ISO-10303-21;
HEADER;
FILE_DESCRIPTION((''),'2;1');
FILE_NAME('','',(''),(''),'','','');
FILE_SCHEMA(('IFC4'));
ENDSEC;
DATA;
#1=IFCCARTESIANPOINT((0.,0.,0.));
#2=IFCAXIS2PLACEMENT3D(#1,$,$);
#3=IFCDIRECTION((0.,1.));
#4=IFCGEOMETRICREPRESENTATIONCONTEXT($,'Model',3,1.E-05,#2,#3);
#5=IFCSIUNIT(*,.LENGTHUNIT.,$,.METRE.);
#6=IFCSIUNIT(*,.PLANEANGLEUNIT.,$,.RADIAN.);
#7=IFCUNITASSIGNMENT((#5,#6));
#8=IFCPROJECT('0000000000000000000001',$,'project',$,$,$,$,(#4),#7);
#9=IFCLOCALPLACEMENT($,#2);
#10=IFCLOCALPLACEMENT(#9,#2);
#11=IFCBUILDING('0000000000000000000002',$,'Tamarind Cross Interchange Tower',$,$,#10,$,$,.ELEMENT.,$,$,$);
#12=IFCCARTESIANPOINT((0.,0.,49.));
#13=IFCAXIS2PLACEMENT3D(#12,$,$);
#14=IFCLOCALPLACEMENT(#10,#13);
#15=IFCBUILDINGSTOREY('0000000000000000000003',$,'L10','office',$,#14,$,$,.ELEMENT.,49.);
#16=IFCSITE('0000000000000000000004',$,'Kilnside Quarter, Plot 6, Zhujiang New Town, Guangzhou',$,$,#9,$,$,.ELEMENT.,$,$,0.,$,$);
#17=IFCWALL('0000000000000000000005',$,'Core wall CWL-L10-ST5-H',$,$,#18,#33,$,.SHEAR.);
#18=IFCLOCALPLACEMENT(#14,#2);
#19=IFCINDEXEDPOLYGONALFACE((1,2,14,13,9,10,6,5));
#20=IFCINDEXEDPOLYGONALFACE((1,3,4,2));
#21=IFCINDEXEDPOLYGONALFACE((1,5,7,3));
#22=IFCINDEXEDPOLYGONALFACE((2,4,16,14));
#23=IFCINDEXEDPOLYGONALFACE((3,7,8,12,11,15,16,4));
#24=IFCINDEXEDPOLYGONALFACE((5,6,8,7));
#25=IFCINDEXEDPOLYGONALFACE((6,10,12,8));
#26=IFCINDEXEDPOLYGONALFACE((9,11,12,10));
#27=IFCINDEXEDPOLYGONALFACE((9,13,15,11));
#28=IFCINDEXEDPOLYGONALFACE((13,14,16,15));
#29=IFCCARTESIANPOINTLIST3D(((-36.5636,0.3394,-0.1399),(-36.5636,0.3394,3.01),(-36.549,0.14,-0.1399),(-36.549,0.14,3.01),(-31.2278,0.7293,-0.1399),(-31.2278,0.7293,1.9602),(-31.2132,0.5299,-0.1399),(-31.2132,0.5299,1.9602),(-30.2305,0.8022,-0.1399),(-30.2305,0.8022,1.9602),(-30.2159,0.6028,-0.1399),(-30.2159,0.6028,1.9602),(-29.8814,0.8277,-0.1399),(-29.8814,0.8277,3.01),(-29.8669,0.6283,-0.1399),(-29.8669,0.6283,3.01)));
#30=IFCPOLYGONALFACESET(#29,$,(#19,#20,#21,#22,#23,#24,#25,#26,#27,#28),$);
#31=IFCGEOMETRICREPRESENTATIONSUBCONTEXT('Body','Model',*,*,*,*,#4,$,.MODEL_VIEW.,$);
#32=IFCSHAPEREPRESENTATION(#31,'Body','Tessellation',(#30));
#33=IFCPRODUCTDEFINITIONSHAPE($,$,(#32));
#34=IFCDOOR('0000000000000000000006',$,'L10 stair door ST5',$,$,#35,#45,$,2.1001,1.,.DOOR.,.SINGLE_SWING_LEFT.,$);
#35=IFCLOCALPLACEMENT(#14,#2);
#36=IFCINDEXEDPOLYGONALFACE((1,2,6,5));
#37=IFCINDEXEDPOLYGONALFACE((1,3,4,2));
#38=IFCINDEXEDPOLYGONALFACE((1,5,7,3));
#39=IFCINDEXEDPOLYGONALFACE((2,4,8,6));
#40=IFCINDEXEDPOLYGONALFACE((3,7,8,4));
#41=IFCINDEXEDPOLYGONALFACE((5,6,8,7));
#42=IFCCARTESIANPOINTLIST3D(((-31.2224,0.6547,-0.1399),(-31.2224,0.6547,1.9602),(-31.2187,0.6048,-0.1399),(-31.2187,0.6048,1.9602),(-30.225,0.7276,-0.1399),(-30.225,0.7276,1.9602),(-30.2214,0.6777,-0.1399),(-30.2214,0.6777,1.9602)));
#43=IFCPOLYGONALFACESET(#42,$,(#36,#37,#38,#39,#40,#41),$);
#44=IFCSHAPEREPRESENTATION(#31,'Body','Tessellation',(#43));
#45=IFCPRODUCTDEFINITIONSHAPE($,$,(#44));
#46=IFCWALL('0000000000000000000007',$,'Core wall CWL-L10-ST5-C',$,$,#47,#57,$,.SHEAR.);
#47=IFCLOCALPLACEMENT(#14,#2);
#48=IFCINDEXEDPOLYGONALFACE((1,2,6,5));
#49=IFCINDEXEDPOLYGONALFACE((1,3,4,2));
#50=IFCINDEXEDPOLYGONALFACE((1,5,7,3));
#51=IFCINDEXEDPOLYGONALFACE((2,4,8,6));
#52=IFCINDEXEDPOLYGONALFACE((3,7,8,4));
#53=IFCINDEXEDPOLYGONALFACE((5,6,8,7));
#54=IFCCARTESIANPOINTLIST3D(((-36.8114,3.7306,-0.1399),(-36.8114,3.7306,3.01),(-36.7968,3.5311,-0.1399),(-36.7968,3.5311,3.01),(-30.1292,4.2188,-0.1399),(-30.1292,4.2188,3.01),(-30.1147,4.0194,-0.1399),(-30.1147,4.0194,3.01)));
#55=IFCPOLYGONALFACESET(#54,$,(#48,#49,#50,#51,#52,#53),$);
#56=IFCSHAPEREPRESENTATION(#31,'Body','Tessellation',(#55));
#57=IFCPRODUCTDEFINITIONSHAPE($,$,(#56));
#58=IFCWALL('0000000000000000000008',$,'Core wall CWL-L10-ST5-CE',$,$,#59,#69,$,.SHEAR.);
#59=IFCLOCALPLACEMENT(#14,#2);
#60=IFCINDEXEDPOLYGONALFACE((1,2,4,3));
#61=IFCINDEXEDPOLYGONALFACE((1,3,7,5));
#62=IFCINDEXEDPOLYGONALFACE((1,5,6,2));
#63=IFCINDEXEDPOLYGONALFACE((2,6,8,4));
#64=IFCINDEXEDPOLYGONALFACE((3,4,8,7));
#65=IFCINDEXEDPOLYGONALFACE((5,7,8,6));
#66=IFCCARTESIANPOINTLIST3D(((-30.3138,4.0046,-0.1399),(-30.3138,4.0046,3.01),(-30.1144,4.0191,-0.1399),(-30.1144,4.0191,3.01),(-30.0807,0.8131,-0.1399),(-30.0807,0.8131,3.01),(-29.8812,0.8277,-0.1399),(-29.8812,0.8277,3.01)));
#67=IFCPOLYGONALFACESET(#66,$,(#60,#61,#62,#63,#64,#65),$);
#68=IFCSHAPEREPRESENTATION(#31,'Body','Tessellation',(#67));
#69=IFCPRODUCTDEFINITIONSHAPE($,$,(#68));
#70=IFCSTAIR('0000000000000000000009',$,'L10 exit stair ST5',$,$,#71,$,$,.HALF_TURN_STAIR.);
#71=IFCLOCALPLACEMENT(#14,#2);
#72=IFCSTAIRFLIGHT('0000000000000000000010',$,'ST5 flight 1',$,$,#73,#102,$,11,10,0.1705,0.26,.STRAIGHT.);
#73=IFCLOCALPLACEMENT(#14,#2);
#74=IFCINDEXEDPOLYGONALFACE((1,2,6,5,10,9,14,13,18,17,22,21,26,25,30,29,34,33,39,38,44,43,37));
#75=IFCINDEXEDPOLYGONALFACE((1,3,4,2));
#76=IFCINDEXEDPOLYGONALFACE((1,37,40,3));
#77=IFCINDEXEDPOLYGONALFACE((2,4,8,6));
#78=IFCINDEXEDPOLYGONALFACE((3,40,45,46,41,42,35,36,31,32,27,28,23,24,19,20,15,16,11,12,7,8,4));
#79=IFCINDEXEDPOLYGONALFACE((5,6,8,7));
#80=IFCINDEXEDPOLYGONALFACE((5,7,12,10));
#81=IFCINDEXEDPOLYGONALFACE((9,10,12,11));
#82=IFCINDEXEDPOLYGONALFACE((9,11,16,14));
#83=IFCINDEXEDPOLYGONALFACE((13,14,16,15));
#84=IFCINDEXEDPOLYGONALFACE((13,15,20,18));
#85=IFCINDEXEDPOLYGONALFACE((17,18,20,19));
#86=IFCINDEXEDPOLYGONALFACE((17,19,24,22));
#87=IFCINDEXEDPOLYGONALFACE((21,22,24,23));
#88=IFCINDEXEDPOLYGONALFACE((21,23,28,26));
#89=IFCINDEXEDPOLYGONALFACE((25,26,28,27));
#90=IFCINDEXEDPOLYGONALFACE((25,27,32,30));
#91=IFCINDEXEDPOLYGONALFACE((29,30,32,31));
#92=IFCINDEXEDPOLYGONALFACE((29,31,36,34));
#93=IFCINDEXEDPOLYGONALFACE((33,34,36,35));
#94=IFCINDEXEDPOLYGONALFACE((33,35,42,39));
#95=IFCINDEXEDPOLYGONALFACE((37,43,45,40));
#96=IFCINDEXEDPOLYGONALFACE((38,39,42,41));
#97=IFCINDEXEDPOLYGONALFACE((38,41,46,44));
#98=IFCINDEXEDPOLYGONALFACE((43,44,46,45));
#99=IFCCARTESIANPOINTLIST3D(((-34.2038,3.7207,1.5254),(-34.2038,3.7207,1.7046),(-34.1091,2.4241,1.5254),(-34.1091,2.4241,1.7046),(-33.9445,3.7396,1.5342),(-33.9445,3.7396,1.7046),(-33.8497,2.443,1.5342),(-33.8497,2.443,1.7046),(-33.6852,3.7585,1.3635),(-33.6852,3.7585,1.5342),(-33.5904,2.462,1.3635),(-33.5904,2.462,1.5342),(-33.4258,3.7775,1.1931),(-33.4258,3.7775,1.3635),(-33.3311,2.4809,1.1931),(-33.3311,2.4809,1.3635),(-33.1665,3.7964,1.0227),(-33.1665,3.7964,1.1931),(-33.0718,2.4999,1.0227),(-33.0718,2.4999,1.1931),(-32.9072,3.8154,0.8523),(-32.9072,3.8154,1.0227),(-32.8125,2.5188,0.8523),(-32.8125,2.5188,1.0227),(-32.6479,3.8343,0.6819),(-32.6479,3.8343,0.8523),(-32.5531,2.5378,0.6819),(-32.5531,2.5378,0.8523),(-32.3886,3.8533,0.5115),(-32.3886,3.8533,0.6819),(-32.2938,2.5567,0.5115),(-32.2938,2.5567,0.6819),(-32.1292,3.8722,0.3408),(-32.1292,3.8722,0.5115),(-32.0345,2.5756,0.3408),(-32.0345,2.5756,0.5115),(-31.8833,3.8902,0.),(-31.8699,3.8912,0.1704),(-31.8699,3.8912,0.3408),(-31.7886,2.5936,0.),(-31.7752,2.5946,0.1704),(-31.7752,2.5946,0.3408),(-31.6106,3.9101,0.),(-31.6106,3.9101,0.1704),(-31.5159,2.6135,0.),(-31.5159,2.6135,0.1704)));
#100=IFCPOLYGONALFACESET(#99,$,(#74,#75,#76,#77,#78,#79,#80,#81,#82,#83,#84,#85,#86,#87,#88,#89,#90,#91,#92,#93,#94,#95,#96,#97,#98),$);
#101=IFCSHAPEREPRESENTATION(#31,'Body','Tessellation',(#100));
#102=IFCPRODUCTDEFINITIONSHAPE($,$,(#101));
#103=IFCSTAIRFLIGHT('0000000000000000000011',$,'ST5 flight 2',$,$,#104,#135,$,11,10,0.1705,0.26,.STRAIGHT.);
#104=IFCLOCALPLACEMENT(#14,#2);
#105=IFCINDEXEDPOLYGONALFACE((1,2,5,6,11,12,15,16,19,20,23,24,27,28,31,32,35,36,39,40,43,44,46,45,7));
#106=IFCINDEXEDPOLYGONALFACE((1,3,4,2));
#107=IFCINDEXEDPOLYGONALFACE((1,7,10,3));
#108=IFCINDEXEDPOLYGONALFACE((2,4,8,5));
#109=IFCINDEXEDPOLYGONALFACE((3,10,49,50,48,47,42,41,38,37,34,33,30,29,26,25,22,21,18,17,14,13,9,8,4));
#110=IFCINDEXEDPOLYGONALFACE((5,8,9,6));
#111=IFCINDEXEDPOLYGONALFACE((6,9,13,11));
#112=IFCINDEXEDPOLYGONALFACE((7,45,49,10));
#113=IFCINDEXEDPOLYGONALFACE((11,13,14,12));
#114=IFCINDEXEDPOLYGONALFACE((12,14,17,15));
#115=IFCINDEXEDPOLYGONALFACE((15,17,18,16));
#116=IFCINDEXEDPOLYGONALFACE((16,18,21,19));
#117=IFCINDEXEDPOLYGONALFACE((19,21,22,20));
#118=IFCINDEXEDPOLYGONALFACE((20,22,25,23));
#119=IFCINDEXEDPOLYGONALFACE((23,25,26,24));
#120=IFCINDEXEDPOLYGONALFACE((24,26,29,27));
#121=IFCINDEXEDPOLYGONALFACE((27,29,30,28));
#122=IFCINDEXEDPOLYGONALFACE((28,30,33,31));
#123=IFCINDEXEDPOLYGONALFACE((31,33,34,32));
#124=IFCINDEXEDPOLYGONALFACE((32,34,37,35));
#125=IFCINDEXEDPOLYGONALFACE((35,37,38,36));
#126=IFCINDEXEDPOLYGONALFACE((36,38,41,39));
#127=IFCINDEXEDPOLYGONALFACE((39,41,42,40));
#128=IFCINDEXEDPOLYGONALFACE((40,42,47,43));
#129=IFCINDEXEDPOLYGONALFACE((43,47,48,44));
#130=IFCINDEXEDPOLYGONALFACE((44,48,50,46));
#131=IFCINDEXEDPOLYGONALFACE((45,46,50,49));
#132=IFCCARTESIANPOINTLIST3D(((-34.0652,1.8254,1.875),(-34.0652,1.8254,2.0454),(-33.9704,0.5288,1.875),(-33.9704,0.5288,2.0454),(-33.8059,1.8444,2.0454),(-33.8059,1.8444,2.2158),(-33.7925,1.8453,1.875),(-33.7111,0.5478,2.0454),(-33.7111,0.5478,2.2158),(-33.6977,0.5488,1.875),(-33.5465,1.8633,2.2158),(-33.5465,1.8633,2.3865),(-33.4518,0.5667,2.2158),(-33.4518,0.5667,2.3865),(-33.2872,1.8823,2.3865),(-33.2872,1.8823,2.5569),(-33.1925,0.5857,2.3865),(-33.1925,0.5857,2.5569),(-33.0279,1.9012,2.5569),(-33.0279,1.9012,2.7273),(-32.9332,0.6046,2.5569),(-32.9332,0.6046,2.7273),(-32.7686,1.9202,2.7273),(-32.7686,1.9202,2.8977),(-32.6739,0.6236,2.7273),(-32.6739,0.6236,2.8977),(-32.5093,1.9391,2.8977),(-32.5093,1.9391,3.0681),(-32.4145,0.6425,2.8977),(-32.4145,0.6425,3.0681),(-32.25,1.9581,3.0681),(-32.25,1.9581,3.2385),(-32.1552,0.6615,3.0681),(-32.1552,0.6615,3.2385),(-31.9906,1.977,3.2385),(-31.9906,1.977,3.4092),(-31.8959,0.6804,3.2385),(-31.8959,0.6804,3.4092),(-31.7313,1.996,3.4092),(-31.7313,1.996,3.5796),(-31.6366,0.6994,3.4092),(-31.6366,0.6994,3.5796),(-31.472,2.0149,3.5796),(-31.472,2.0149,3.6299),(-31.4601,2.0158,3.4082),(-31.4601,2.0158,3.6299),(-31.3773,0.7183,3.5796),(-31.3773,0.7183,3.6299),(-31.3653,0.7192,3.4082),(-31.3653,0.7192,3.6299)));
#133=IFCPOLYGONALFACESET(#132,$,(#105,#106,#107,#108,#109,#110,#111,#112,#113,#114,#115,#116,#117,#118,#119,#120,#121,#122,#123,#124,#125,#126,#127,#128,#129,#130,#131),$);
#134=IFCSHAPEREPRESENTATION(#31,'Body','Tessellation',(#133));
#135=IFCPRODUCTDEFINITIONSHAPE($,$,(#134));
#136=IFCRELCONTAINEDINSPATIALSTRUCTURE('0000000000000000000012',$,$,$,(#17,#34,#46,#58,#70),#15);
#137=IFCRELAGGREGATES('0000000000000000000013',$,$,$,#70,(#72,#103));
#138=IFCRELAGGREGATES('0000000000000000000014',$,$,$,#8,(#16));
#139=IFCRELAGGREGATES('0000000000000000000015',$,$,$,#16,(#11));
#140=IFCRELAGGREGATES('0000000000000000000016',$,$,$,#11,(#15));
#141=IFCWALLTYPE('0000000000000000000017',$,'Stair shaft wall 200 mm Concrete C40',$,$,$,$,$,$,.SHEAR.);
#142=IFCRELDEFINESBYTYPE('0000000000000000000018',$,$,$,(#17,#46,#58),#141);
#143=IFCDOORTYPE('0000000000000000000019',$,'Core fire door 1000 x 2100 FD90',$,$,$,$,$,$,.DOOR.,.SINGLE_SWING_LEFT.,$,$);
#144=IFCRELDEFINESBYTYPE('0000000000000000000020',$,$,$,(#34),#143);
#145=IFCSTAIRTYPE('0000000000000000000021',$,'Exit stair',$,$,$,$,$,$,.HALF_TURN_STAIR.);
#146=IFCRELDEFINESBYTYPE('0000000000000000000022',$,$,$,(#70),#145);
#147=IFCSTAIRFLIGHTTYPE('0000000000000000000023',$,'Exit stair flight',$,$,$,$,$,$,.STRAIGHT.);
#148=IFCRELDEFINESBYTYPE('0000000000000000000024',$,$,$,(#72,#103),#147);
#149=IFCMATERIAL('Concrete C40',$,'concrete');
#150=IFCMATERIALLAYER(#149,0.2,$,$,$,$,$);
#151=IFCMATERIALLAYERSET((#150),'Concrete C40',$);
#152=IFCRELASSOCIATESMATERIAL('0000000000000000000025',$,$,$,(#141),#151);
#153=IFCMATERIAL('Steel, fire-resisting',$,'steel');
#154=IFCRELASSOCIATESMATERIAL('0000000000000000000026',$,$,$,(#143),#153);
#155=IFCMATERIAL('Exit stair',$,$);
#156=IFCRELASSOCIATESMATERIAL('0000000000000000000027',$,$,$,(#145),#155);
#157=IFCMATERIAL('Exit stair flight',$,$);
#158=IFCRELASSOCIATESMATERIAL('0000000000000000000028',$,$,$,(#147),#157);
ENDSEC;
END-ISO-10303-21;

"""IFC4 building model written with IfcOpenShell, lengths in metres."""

from ifc_helpers import new_model, si_unit, direction, frame, frame_2d, origin, place, context, subcontext, project, spatial, polyline, rectangle, outline, extrude, material, layer, layer_set, type_object, element, fill, aggregate, save


model = new_model("IFC4")

# Units and contexts
model_context = context("Model", 3, precision=1e-05, world=origin(), true_north=direction((0.0, 1.0)))
body_context = subcontext(model_context, "Body", "Model", "MODEL_VIEW")
ifc_project = project(units=[si_unit("LENGTHUNIT", "METRE"), si_unit("PLANEANGLEUNIT", "RADIAN")], contexts=[model_context])

# Site, building, storey
site_placement = place(None, origin())
site = spatial("IfcSite", under=ifc_project, at=site_placement, Name="Kilnside Quarter, Plot 6, Zhujiang New Town, Guangzhou", CompositionType="ELEMENT", RefElevation=0.0)
building_placement = place(site_placement, origin())
building = spatial("IfcBuilding", under=site, at=building_placement, Name="Tamarind Cross Interchange Tower", CompositionType="ELEMENT")
storey_placement = place(building_placement, frame((0.0, 0.0, 49.0)))
storey = spatial("IfcBuildingStorey", under=building, at=storey_placement, Name="L10", Description="office", CompositionType="ELEMENT", Elevation=49.0)

# Wall, opening, door
ifc_material_1 = material(Name="Concrete C40", Category="concrete")
ifc_layer_1 = layer(ifc_material_1, 0.2)
ifc_layer_set_1 = layer_set([ifc_layer_1], Name="Concrete C40")
wall_type_1 = type_object("IfcWallType", Name="Stair shaft wall 200 mm Concrete C40", PredefinedType="SHEAR", material=ifc_layer_set_1)
wall_1_placement = place(storey_placement, frame((-29.874, 0.728, -0.1399), z_axis=(0.0, 0.0, 1.0), x_axis=(-0.997341, -0.072878, 0.0)))
wall_1 = element("IfcWall", 1, at=wall_1_placement, inside=storey, type_object=wall_type_1, Name="Core wall CWL-L10-ST5-H", PredefinedType="SHEAR", context=body_context, shape_type="SweptSolid", body=[
    extrude(rectangle(XDim=6.7, YDim=0.2, at=frame_2d((3.3501, 0.0))), origin(), (0.0, 0.0, 1.0), 3.1499),
])
opening_1_placement = place(wall_1_placement, frame((0.3501, 0.0, 0.0)))
opening_1 = element("IfcOpeningElement", 2, at=opening_1_placement, cuts=wall_1, PredefinedType="OPENING", context=body_context, shape_type="SweptSolid", body=[
    extrude(rectangle(XDim=1.0, YDim=2.1001, at=frame_2d((0.5, 1.05))), frame((0.0, 0.1099, 0.0), z_axis=(0.0, -1.0, 0.0), x_axis=(1.0, 0.0, 0.0)), (0.0, 0.0, 1.0), 0.22),
])
ifc_material_2 = material(Name="Steel, fire-resisting", Category="steel")
door_type_1 = type_object("IfcDoorType", Name="Core fire door 1000 x 2100 FD90", OperationType="SINGLE_SWING_LEFT", PredefinedType="DOOR", material=ifc_material_2)
door_1_placement = place(opening_1_placement, origin())
door_1 = element("IfcDoor", 3, at=door_1_placement, inside=storey, type_object=door_type_1, Name="L10 stair door ST5", OperationType="SINGLE_SWING_LEFT", OverallHeight=2.1001, OverallWidth=1.0, PredefinedType="DOOR", context=body_context, shape_type="SweptSolid", body=[
    extrude(rectangle(XDim=1.0, YDim=2.1001, at=frame_2d((0.5, 1.05))), frame((0.0, 0.0249, 0.0), z_axis=(0.0, -1.0, 0.0), x_axis=(1.0, 0.0, 0.0)), (0.0, 0.0, 1.0), 0.05),
])
fill(opening_1, door_1)

# Walls
wall_2_placement = place(storey_placement, frame((-30.1218, 4.1191, -0.1399), z_axis=(0.0, 0.0, 1.0), x_axis=(-0.997341, -0.072878, 0.0)))
element("IfcWall", 4, at=wall_2_placement, inside=storey, type_object=wall_type_1, Name="Core wall CWL-L10-ST5-C", PredefinedType="SHEAR", context=body_context, shape_type="SweptSolid", body=[
    extrude(rectangle(XDim=6.7, YDim=0.2, at=frame_2d((3.3501, 0.0))), origin(), (0.0, 0.0, 1.0), 3.1499),
])
wall_3_placement = place(storey_placement, frame((-30.2141, 4.012, -0.1399), z_axis=(0.0, 0.0, 1.0), x_axis=(0.072863, -0.997342, 0.0)))
element("IfcWall", 5, at=wall_3_placement, inside=storey, type_object=wall_type_1, Name="Core wall CWL-L10-ST5-CE", PredefinedType="SHEAR", context=body_context, shape_type="SweptSolid", body=[
    extrude(rectangle(XDim=3.2, YDim=0.2, at=frame_2d((1.6001, 0.0))), origin(), (0.0, 0.0, 1.0), 3.1499),
])

# Stair, stair flights
ifc_material_3 = material(Name="Exit stair")
stair_type = type_object("IfcStairType", Name="Exit stair", PredefinedType="HALF_TURN_STAIR", material=ifc_material_3)
stair_placement = place(storey_placement, origin())
stair = element("IfcStair", 6, at=stair_placement, inside=storey, type_object=stair_type, Name="L10 exit stair ST5", PredefinedType="HALF_TURN_STAIR")
ifc_material_4 = material(Name="Exit stair flight")
stair_flight_type = type_object("IfcStairFlightType", Name="Exit stair flight", PredefinedType="STRAIGHT", material=ifc_material_4)
stair_flight_1_placement = place(storey_placement, frame((-31.5632, 3.2617, 0.0), z_axis=(0.0, 0.0, 1.0), x_axis=(-0.997341, -0.072876, 0.0)))
stair_flight_1 = element("IfcStairFlight", 7, at=stair_flight_1_placement, type_object=stair_flight_type, Name="ST5 flight 1", NumberOfRisers=11, NumberOfTreads=10, PredefinedType="STRAIGHT", RiserHeight=0.1705, TreadLength=0.26, context=body_context, shape_type="SweptSolid", body=[
    extrude(outline(polyline([(0.0, 0.0), (0.0, 0.1704), (0.26, 0.1704), (0.26, 0.3408), (0.52, 0.3408), (0.52, 0.5115), (0.78, 0.5115), (0.78, 0.6819), (1.04, 0.6819), (1.04, 0.8523), (1.3, 0.8523), (1.3, 1.0227), (1.5601, 1.0227), (1.5601, 1.1931), (1.8201, 1.1931), (1.8201, 1.3635), (2.0801, 1.3635), (2.0801, 1.5342), (2.3401, 1.5342), (2.3401, 1.7046), (2.6001, 1.7046), (2.6001, 1.875), (2.6001, 1.5254), (0.2734, 0.0), (0.0, 0.0)])), frame((0.0, 0.6499, 0.0), z_axis=(0.0, -1.0, 0.0), x_axis=(1.0, 0.0, 0.0)), (0.0, 0.0, 1.0), 1.3),
])
stair_flight_2_placement = place(storey_placement, frame((-34.0178, 1.1772, 1.875), z_axis=(0.0, 0.0, 1.0), x_axis=(0.997341, 0.072876, 0.0)))
stair_flight_2 = element("IfcStairFlight", 8, at=stair_flight_2_placement, type_object=stair_flight_type, Name="ST5 flight 2", NumberOfRisers=11, NumberOfTreads=10, PredefinedType="STRAIGHT", RiserHeight=0.1705, TreadLength=0.26, context=body_context, shape_type="SweptSolid", body=[
    extrude(outline(polyline([(0.0, 0.0), (0.0, 0.1704), (0.26, 0.1704), (0.26, 0.3408), (0.52, 0.3408), (0.52, 0.5115), (0.78, 0.5115), (0.78, 0.6819), (1.04, 0.6819), (1.04, 0.8523), (1.3, 0.8523), (1.3, 1.0227), (1.5601, 1.0227), (1.5601, 1.1931), (1.8201, 1.1931), (1.8201, 1.3635), (2.0801, 1.3635), (2.0801, 1.5342), (2.3401, 1.5342), (2.3401, 1.7046), (2.6001, 1.7046), (2.6001, 1.7549), (2.6121, 1.7549), (2.6121, 1.5332), (0.2734, 0.0), (0.0, 0.0)])), frame((0.0, 0.6499, 0.0), z_axis=(0.0, -1.0, 0.0), x_axis=(1.0, 0.0, 0.0)), (0.0, 0.0, 1.0), 1.3),
])
aggregate(stair, [stair_flight_1, stair_flight_2])

save(model, "model.ifc")
